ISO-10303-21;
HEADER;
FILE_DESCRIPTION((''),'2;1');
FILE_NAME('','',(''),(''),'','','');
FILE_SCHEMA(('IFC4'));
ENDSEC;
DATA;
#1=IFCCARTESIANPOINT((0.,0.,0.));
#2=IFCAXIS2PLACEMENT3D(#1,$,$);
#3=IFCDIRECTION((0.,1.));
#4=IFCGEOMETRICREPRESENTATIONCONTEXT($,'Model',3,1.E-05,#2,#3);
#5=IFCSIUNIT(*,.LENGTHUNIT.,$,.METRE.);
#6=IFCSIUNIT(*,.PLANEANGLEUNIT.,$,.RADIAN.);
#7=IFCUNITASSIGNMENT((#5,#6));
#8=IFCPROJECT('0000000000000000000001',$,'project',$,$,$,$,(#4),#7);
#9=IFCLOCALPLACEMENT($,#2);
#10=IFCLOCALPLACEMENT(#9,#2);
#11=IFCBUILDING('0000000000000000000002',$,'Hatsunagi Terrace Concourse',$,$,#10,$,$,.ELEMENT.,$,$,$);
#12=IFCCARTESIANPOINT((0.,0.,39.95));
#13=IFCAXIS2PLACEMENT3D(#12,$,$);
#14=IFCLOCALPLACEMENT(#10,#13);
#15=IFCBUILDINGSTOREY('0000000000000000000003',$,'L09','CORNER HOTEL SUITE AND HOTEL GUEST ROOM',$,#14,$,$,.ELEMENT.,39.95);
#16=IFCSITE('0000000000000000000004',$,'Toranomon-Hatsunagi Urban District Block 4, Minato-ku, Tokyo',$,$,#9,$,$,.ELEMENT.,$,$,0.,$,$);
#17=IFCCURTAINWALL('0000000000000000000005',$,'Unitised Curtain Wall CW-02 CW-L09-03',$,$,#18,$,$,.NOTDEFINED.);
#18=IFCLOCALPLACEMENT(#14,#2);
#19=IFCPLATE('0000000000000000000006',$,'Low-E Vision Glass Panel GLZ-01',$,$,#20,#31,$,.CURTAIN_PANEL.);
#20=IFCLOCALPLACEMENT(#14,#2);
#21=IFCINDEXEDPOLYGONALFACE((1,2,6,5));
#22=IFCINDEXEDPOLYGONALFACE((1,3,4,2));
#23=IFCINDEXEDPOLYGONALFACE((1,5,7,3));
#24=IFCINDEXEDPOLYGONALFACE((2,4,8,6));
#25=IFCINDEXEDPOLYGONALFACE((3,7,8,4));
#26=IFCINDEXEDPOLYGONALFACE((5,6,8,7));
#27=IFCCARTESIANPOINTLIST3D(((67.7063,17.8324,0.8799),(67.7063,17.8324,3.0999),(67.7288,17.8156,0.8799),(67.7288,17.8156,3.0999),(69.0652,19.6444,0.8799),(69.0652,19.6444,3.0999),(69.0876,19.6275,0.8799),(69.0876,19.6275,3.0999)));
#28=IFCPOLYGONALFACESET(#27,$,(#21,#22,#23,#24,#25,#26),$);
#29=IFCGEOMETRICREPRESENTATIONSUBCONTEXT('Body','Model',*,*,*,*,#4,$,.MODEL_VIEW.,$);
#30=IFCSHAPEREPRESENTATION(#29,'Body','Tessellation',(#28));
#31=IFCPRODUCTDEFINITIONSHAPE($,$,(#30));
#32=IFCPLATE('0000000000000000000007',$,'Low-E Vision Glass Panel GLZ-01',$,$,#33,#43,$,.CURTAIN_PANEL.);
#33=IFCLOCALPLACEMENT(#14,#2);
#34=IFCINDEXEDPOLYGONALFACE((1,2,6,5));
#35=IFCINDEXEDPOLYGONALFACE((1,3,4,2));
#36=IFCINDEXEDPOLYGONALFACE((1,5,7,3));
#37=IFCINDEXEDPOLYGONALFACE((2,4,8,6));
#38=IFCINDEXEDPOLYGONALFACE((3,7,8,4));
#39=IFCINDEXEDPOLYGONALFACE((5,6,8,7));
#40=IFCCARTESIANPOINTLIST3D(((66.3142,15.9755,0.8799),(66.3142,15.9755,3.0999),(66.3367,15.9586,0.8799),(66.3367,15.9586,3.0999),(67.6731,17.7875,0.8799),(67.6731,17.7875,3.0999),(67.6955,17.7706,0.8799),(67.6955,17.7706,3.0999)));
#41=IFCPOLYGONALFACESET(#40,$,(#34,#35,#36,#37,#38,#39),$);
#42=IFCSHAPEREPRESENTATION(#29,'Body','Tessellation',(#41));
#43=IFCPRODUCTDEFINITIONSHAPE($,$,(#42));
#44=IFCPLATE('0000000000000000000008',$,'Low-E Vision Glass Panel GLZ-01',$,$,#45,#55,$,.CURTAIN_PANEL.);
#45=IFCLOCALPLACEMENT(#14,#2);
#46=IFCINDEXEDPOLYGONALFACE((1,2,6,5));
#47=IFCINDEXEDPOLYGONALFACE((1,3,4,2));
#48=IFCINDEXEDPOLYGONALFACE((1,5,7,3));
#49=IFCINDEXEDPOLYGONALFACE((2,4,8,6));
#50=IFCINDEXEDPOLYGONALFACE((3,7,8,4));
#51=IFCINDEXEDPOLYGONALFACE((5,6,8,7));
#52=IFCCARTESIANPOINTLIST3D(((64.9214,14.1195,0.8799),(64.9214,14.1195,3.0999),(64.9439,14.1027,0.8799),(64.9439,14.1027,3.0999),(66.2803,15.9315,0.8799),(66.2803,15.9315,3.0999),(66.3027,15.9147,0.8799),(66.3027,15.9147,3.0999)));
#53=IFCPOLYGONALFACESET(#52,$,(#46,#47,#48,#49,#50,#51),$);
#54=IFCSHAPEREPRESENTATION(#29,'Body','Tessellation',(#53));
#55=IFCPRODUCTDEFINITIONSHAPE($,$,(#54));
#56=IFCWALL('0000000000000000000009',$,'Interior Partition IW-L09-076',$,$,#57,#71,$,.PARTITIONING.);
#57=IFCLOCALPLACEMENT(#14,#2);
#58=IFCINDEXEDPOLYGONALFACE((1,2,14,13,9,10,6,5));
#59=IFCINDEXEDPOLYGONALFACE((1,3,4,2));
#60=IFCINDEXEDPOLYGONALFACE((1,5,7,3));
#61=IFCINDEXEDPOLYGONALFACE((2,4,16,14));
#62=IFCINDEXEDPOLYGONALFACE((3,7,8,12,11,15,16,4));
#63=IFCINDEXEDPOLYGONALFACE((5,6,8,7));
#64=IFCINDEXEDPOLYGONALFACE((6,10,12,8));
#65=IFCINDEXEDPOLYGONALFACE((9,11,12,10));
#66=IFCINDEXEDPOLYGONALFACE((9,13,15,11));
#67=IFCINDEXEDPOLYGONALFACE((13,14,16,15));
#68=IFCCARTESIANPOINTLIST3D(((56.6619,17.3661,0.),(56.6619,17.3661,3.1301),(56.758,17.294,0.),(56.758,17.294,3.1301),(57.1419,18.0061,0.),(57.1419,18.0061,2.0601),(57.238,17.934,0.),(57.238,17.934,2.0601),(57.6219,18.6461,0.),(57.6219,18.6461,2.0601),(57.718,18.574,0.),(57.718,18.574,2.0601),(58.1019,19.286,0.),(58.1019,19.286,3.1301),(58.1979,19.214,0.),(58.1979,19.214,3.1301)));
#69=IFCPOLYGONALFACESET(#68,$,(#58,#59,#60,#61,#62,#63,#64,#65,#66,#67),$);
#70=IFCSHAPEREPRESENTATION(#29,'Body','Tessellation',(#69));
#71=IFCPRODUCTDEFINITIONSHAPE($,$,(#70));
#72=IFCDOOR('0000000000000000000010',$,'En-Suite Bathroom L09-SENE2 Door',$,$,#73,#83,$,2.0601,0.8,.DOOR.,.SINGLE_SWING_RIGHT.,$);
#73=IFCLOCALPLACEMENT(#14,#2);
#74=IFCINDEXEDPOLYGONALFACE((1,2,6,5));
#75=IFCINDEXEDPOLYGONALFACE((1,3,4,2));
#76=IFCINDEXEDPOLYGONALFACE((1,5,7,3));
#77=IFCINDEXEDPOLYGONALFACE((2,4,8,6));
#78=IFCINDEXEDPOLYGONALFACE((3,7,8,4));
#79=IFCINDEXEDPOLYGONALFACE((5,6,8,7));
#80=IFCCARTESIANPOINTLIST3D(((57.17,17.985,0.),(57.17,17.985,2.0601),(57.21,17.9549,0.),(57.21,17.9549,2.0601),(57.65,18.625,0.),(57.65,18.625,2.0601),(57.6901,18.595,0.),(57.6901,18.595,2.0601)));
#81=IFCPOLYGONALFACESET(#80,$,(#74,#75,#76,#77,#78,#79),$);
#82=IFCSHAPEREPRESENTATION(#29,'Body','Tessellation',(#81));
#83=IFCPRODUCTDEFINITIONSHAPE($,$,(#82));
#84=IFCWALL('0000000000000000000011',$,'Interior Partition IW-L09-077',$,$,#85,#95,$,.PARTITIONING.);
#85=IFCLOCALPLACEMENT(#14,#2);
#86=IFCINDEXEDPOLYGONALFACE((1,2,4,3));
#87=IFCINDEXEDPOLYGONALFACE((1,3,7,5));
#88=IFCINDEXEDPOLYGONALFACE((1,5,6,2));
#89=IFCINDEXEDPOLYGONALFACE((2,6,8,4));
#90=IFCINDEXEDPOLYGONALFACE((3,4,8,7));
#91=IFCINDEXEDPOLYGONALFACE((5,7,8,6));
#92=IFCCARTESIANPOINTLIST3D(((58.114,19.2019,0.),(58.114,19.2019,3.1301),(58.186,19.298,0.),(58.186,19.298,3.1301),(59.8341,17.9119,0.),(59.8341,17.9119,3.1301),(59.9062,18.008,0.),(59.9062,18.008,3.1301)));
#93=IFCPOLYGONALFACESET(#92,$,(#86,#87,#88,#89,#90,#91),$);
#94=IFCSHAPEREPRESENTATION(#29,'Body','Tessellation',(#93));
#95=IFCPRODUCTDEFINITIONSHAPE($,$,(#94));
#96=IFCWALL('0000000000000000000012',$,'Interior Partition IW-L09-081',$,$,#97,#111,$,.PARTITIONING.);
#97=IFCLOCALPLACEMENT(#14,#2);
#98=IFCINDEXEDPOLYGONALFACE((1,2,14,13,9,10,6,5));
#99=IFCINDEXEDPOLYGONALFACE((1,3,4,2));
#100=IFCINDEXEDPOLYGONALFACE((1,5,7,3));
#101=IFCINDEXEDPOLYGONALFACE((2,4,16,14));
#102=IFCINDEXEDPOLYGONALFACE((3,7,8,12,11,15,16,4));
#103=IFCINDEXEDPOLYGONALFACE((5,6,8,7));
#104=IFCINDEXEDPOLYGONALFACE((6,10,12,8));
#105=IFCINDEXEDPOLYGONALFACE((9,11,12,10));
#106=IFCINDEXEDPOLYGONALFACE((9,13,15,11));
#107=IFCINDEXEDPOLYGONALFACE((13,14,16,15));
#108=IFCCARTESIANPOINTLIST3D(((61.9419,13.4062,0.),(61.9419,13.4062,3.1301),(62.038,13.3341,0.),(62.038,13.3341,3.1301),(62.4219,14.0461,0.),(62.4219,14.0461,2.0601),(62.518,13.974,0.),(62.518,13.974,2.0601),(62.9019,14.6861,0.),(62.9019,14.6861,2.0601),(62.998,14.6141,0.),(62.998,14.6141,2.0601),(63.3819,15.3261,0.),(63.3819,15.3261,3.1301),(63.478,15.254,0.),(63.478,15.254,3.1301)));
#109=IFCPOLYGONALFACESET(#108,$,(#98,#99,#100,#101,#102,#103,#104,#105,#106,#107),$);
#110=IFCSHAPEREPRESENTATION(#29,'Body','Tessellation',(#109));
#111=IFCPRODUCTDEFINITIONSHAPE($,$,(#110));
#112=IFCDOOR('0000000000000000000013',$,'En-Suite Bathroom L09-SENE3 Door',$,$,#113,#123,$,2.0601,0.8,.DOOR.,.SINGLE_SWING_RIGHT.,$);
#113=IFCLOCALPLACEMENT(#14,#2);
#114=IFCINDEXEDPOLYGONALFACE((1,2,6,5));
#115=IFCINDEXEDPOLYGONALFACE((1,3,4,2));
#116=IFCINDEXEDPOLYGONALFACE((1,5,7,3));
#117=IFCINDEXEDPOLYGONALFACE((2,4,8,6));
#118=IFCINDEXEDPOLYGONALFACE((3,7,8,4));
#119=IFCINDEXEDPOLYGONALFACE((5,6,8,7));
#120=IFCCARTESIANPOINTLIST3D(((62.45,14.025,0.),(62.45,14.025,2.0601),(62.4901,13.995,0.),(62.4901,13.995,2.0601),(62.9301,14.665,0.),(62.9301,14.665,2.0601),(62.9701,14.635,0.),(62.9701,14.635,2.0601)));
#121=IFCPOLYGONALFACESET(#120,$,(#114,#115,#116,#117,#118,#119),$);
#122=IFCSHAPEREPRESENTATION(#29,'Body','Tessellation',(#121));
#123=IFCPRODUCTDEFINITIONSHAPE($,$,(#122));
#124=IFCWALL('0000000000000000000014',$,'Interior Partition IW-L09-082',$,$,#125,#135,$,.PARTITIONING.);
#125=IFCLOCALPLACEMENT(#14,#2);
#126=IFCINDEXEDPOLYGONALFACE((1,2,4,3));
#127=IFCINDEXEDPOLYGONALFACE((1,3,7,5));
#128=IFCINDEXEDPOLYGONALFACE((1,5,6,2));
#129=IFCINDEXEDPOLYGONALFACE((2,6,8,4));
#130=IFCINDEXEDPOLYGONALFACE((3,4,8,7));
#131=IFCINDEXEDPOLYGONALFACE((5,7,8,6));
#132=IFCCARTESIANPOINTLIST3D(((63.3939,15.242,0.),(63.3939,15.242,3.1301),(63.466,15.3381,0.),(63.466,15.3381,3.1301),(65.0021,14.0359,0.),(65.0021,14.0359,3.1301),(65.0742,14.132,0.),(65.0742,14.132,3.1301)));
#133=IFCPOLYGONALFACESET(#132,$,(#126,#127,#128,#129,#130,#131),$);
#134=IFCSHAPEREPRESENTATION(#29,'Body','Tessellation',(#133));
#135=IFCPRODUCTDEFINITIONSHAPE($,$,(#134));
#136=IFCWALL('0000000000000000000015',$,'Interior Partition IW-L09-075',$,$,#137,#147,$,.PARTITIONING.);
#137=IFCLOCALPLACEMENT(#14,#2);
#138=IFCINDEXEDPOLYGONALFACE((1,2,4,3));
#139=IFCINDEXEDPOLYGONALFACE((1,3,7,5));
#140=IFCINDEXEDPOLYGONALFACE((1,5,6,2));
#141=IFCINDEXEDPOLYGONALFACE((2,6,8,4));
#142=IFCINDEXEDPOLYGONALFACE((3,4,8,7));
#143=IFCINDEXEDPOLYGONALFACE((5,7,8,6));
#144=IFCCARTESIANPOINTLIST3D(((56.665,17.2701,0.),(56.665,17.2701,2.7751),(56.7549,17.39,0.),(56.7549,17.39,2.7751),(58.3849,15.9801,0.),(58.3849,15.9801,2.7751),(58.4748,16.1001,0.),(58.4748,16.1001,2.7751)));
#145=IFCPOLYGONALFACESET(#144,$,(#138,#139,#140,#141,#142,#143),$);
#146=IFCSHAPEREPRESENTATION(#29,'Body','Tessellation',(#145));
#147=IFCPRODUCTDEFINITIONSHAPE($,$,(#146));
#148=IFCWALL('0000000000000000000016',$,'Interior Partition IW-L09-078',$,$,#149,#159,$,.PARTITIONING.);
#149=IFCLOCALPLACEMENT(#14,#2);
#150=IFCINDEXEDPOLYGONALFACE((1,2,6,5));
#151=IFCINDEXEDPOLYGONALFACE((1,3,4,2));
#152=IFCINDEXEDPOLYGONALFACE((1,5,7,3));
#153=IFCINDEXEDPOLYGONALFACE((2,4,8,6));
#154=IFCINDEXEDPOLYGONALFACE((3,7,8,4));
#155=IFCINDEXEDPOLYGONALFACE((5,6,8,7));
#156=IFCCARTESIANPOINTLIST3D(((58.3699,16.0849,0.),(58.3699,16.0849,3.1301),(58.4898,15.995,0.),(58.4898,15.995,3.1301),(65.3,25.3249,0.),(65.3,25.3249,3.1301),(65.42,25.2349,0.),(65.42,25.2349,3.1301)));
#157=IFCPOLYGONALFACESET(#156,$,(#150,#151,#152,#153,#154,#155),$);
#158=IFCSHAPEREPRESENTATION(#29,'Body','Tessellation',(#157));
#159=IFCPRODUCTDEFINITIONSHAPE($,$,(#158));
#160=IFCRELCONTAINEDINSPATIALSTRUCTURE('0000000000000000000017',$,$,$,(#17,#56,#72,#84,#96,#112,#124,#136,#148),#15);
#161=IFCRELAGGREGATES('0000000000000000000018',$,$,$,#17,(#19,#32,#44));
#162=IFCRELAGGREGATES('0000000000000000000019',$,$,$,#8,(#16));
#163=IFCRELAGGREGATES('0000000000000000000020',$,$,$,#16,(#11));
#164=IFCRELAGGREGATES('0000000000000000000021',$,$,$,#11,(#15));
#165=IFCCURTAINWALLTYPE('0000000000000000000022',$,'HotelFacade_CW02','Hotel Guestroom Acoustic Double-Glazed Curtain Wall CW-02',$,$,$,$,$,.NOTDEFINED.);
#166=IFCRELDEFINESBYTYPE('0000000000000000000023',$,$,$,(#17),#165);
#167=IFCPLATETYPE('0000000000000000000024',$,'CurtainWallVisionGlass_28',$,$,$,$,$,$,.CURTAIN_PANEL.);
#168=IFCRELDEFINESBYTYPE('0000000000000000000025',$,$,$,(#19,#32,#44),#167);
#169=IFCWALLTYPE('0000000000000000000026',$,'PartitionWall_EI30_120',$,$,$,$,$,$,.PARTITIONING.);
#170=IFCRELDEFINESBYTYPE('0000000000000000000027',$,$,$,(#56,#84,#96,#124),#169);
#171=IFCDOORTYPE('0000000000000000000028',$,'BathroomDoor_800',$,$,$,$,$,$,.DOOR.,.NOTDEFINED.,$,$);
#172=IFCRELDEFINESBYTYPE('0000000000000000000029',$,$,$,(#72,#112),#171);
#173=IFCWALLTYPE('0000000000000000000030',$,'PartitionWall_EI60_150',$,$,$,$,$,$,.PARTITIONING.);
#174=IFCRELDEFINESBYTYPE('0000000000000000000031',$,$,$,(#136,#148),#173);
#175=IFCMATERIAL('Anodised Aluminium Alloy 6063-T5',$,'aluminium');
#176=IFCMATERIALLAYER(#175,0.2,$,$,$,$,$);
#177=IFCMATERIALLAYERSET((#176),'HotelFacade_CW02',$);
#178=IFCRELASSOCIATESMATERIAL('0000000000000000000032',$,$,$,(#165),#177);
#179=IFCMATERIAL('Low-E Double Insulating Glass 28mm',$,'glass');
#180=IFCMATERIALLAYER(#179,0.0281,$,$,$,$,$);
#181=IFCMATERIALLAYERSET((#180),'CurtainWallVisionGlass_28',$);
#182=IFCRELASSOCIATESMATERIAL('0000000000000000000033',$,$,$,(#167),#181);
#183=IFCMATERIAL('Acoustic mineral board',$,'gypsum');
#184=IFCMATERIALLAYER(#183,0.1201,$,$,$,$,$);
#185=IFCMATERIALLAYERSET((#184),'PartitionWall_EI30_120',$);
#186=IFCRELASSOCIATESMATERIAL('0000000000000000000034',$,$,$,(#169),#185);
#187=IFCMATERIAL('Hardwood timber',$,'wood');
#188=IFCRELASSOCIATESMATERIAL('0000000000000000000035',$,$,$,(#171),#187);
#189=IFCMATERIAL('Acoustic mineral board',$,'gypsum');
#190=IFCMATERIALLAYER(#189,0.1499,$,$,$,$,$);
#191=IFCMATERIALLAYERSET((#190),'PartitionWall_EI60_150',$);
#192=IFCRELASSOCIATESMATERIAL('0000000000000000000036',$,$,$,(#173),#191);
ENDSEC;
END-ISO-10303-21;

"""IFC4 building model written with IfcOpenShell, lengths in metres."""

from ifc_helpers import new_model, si_unit, direction, frame, frame_2d, origin, origin_2d, place, context, subcontext, project, spatial, rectangle, extrude, material, layer, layer_set, type_object, element, fill, aggregate, save


model = new_model("IFC4")

# Units and contexts
model_context = context("Model", 3, precision=1e-05, world=origin(), true_north=direction((0.0, 1.0)))
body_context = subcontext(model_context, "Body", "Model", "MODEL_VIEW")
ifc_project = project(units=[si_unit("LENGTHUNIT", "METRE"), si_unit("PLANEANGLEUNIT", "RADIAN")], contexts=[model_context])

# Site, building, storey
site_placement = place(None, origin())
site = spatial("IfcSite", under=ifc_project, at=site_placement, Name="Toranomon-Hatsunagi Urban District Block 4, Minato-ku, Tokyo", CompositionType="ELEMENT", RefElevation=0.0)
building_placement = place(site_placement, origin())
building = spatial("IfcBuilding", under=site, at=building_placement, Name="Hatsunagi Terrace Concourse", CompositionType="ELEMENT")
storey_placement = place(building_placement, frame((0.0, 0.0, 39.95)))
storey = spatial("IfcBuildingStorey", under=building, at=storey_placement, Name="L09", Description="CORNER HOTEL SUITE AND HOTEL GUEST ROOM", CompositionType="ELEMENT", Elevation=39.95)

# Curtain wall, plates
ifc_material_1 = material(Name="Anodised Aluminium Alloy 6063-T5", Category="aluminium")
ifc_layer_1 = layer(ifc_material_1, 0.2)
ifc_layer_set_1 = layer_set([ifc_layer_1], Name="HotelFacade_CW02")
curtain_wall_type = type_object("IfcCurtainWallType", Name="HotelFacade_CW02", Description="Hotel Guestroom Acoustic Double-Glazed Curtain Wall CW-02", PredefinedType="NOTDEFINED", material=ifc_layer_set_1)
curtain_wall_placement = place(storey_placement, origin())
curtain_wall = element("IfcCurtainWall", 1, at=curtain_wall_placement, inside=storey, type_object=curtain_wall_type, Name="Unitised Curtain Wall CW-02 CW-L09-03", PredefinedType="NOTDEFINED")
ifc_material_2 = material(Name="Low-E Double Insulating Glass 28mm", Category="glass")
ifc_layer_2 = layer(ifc_material_2, 0.0281)
ifc_layer_set_2 = layer_set([ifc_layer_2], Name="CurtainWallVisionGlass_28")
plate_type_1 = type_object("IfcPlateType", Name="CurtainWallVisionGlass_28", PredefinedType="CURTAIN_PANEL", material=ifc_layer_set_2)
plate_1_placement = place(storey_placement, frame((68.397, 18.73, 0.8799), z_axis=(0.0, 0.0, 1.0), x_axis=(-0.599969, -0.800023, 0.0)))
plate_1 = element("IfcPlate", 2, at=plate_1_placement, type_object=plate_type_1, Name="Low-E Vision Glass Panel GLZ-01", PredefinedType="CURTAIN_PANEL", context=body_context, shape_type="SweptSolid", body=[
    extrude(rectangle(XDim=2.2649, YDim=0.0281, at=origin_2d()), origin(), (0.0, 0.0, 1.0), 2.22),
])
plate_2_placement = place(storey_placement, frame((67.0049, 16.873, 0.8799), z_axis=(0.0, 0.0, 1.0), x_axis=(-0.599969, -0.800023, 0.0)))
plate_2 = element("IfcPlate", 3, at=plate_2_placement, type_object=plate_type_1, Name="Low-E Vision Glass Panel GLZ-01", PredefinedType="CURTAIN_PANEL", context=body_context, shape_type="SweptSolid", body=[
    extrude(rectangle(XDim=2.2649, YDim=0.0281, at=origin_2d()), origin(), (0.0, 0.0, 1.0), 2.22),
])
plate_3_placement = place(storey_placement, frame((65.6121, 15.0171, 0.8799), z_axis=(0.0, 0.0, 1.0), x_axis=(-0.599969, -0.800023, 0.0)))
plate_3 = element("IfcPlate", 4, at=plate_3_placement, type_object=plate_type_1, Name="Low-E Vision Glass Panel GLZ-01", PredefinedType="CURTAIN_PANEL", context=body_context, shape_type="SweptSolid", body=[
    extrude(rectangle(XDim=2.2649, YDim=0.0281, at=origin_2d()), origin(), (0.0, 0.0, 1.0), 2.22),
])
aggregate(curtain_wall, [plate_1, plate_2, plate_3])

# Wall, opening, door
ifc_material_3 = material(Name="Acoustic mineral board", Category="gypsum")
ifc_layer_3 = layer(ifc_material_3, 0.1201)
ifc_layer_set_3 = layer_set([ifc_layer_3], Name="PartitionWall_EI30_120")
wall_type_1 = type_object("IfcWallType", Name="PartitionWall_EI30_120", PredefinedType="PARTITIONING", material=ifc_layer_set_3)
wall_1_placement = place(storey_placement, frame((56.71, 17.3301, 0.0), z_axis=(0.0, 0.0, 1.0), x_axis=(0.6, 0.8, 0.0)))
wall_1 = element("IfcWall", 5, at=wall_1_placement, inside=storey, type_object=wall_type_1, Name="Interior Partition IW-L09-076", PredefinedType="PARTITIONING", context=body_context, shape_type="SweptSolid", body=[
    extrude(rectangle(XDim=2.3999, YDim=0.1201, at=frame_2d((1.2, 0.0))), origin(), (0.0, 0.0, 1.0), 3.1301),
])
opening_1_placement = place(wall_1_placement, frame((0.8, 0.0, 0.0)))
opening_1 = element("IfcOpeningElement", 6, at=opening_1_placement, cuts=wall_1, PredefinedType="OPENING", context=body_context, shape_type="SweptSolid", body=[
    extrude(rectangle(XDim=0.8, YDim=2.0601, at=frame_2d((0.3999, 1.03))), frame((0.0, 0.0701, 0.0), z_axis=(0.0, -1.0, 0.0), x_axis=(1.0, 0.0, 0.0)), (0.0, 0.0, 1.0), 0.1401),
])
ifc_material_4 = material(Name="Hardwood timber", Category="wood")
door_type_1 = type_object("IfcDoorType", Name="BathroomDoor_800", OperationType="NOTDEFINED", PredefinedType="DOOR", material=ifc_material_4)
door_1_placement = place(opening_1_placement, origin())
door_1 = element("IfcDoor", 7, at=door_1_placement, inside=storey, type_object=door_type_1, Name="En-Suite Bathroom L09-SENE2 Door", OperationType="SINGLE_SWING_RIGHT", OverallHeight=2.0601, OverallWidth=0.8, PredefinedType="DOOR", context=body_context, shape_type="SweptSolid", body=[
    extrude(rectangle(XDim=0.8, YDim=2.0601, at=frame_2d((0.3999, 1.03))), frame((0.0, 0.0249, 0.0), z_axis=(0.0, -1.0, 0.0), x_axis=(1.0, 0.0, 0.0)), (0.0, 0.0, 1.0), 0.05),
])
fill(opening_1, door_1)

# Wall
wall_2_placement = place(storey_placement, frame((58.1499, 19.25, 0.0), z_axis=(0.0, 0.0, 1.0), x_axis=(0.800027, -0.599964, 0.0)))
element("IfcWall", 8, at=wall_2_placement, inside=storey, type_object=wall_type_1, Name="Interior Partition IW-L09-077", PredefinedType="PARTITIONING", context=body_context, shape_type="SweptSolid", body=[
    extrude(rectangle(XDim=2.1501, YDim=0.1201, at=frame_2d((1.0752, 0.0))), origin(), (0.0, 0.0, 1.0), 3.1301),
])

# Wall, opening, door
wall_3_placement = place(storey_placement, frame((61.99, 13.3701, 0.0), z_axis=(0.0, 0.0, 1.0), x_axis=(0.6, 0.8, 0.0)))
wall_3 = element("IfcWall", 9, at=wall_3_placement, inside=storey, type_object=wall_type_1, Name="Interior Partition IW-L09-081", PredefinedType="PARTITIONING", context=body_context, shape_type="SweptSolid", body=[
    extrude(rectangle(XDim=2.3999, YDim=0.1201, at=frame_2d((1.2, 0.0))), origin(), (0.0, 0.0, 1.0), 3.1301),
])
opening_2_placement = place(wall_3_placement, frame((0.8, 0.0, 0.0)))
opening_2 = element("IfcOpeningElement", 10, at=opening_2_placement, cuts=wall_3, PredefinedType="OPENING", context=body_context, shape_type="SweptSolid", body=[
    extrude(rectangle(XDim=0.8, YDim=2.0601, at=frame_2d((0.3999, 1.03))), frame((0.0, 0.0701, 0.0), z_axis=(0.0, -1.0, 0.0), x_axis=(1.0, 0.0, 0.0)), (0.0, 0.0, 1.0), 0.1401),
])
door_2_placement = place(opening_2_placement, origin())
door_2 = element("IfcDoor", 11, at=door_2_placement, inside=storey, type_object=door_type_1, Name="En-Suite Bathroom L09-SENE3 Door", OperationType="SINGLE_SWING_RIGHT", OverallHeight=2.0601, OverallWidth=0.8, PredefinedType="DOOR", context=body_context, shape_type="SweptSolid", body=[
    extrude(rectangle(XDim=0.8, YDim=2.0601, at=frame_2d((0.3999, 1.03))), frame((0.0, 0.0249, 0.0), z_axis=(0.0, -1.0, 0.0), x_axis=(1.0, 0.0, 0.0)), (0.0, 0.0, 1.0), 0.05),
])
fill(opening_2, door_2)

# Walls
wall_4_placement = place(storey_placement, frame((63.4299, 15.29, 0.0), z_axis=(0.0, 0.0, 1.0), x_axis=(0.800015, -0.599981, 0.0)))
element("IfcWall", 12, at=wall_4_placement, inside=storey, type_object=wall_type_1, Name="Interior Partition IW-L09-082", PredefinedType="PARTITIONING", context=body_context, shape_type="SweptSolid", body=[
    extrude(rectangle(XDim=2.0103, YDim=0.1201, at=frame_2d((1.0051, 0.0))), origin(), (0.0, 0.0, 1.0), 3.1301),
])
ifc_material_5 = material(Name="Acoustic mineral board", Category="gypsum")
ifc_layer_4 = layer(ifc_material_5, 0.1499)
ifc_layer_set_4 = layer_set([ifc_layer_4], Name="PartitionWall_EI60_150")
wall_type_2 = type_object("IfcWallType", Name="PartitionWall_EI60_150", PredefinedType="PARTITIONING", material=ifc_layer_set_4)
wall_5_placement = place(storey_placement, frame((56.71, 17.3301, 0.0), z_axis=(0.0, 0.0, 1.0), x_axis=(0.799986, -0.600018, 0.0)))
element("IfcWall", 13, at=wall_5_placement, inside=storey, type_object=wall_type_2, Name="Interior Partition IW-L09-075", PredefinedType="PARTITIONING", context=body_context, shape_type="SweptSolid", body=[
    extrude(rectangle(XDim=2.1499, YDim=0.1499, at=frame_2d((1.075, 0.0))), origin(), (0.0, 0.0, 1.0), 2.7751),
])
wall_6_placement = place(storey_placement, frame((58.4299, 16.04, 0.0), z_axis=(0.0, 0.0, 1.0), x_axis=(0.60001, 0.799992, 0.0)))
element("IfcWall", 14, at=wall_6_placement, inside=storey, type_object=wall_type_2, Name="Interior Partition IW-L09-078", PredefinedType="PARTITIONING", context=body_context, shape_type="SweptSolid", body=[
    extrude(rectangle(XDim=11.55, YDim=0.1499, at=frame_2d((5.7749, 0.0))), origin(), (0.0, 0.0, 1.0), 3.1301),
])

save(model, "model.ifc")
